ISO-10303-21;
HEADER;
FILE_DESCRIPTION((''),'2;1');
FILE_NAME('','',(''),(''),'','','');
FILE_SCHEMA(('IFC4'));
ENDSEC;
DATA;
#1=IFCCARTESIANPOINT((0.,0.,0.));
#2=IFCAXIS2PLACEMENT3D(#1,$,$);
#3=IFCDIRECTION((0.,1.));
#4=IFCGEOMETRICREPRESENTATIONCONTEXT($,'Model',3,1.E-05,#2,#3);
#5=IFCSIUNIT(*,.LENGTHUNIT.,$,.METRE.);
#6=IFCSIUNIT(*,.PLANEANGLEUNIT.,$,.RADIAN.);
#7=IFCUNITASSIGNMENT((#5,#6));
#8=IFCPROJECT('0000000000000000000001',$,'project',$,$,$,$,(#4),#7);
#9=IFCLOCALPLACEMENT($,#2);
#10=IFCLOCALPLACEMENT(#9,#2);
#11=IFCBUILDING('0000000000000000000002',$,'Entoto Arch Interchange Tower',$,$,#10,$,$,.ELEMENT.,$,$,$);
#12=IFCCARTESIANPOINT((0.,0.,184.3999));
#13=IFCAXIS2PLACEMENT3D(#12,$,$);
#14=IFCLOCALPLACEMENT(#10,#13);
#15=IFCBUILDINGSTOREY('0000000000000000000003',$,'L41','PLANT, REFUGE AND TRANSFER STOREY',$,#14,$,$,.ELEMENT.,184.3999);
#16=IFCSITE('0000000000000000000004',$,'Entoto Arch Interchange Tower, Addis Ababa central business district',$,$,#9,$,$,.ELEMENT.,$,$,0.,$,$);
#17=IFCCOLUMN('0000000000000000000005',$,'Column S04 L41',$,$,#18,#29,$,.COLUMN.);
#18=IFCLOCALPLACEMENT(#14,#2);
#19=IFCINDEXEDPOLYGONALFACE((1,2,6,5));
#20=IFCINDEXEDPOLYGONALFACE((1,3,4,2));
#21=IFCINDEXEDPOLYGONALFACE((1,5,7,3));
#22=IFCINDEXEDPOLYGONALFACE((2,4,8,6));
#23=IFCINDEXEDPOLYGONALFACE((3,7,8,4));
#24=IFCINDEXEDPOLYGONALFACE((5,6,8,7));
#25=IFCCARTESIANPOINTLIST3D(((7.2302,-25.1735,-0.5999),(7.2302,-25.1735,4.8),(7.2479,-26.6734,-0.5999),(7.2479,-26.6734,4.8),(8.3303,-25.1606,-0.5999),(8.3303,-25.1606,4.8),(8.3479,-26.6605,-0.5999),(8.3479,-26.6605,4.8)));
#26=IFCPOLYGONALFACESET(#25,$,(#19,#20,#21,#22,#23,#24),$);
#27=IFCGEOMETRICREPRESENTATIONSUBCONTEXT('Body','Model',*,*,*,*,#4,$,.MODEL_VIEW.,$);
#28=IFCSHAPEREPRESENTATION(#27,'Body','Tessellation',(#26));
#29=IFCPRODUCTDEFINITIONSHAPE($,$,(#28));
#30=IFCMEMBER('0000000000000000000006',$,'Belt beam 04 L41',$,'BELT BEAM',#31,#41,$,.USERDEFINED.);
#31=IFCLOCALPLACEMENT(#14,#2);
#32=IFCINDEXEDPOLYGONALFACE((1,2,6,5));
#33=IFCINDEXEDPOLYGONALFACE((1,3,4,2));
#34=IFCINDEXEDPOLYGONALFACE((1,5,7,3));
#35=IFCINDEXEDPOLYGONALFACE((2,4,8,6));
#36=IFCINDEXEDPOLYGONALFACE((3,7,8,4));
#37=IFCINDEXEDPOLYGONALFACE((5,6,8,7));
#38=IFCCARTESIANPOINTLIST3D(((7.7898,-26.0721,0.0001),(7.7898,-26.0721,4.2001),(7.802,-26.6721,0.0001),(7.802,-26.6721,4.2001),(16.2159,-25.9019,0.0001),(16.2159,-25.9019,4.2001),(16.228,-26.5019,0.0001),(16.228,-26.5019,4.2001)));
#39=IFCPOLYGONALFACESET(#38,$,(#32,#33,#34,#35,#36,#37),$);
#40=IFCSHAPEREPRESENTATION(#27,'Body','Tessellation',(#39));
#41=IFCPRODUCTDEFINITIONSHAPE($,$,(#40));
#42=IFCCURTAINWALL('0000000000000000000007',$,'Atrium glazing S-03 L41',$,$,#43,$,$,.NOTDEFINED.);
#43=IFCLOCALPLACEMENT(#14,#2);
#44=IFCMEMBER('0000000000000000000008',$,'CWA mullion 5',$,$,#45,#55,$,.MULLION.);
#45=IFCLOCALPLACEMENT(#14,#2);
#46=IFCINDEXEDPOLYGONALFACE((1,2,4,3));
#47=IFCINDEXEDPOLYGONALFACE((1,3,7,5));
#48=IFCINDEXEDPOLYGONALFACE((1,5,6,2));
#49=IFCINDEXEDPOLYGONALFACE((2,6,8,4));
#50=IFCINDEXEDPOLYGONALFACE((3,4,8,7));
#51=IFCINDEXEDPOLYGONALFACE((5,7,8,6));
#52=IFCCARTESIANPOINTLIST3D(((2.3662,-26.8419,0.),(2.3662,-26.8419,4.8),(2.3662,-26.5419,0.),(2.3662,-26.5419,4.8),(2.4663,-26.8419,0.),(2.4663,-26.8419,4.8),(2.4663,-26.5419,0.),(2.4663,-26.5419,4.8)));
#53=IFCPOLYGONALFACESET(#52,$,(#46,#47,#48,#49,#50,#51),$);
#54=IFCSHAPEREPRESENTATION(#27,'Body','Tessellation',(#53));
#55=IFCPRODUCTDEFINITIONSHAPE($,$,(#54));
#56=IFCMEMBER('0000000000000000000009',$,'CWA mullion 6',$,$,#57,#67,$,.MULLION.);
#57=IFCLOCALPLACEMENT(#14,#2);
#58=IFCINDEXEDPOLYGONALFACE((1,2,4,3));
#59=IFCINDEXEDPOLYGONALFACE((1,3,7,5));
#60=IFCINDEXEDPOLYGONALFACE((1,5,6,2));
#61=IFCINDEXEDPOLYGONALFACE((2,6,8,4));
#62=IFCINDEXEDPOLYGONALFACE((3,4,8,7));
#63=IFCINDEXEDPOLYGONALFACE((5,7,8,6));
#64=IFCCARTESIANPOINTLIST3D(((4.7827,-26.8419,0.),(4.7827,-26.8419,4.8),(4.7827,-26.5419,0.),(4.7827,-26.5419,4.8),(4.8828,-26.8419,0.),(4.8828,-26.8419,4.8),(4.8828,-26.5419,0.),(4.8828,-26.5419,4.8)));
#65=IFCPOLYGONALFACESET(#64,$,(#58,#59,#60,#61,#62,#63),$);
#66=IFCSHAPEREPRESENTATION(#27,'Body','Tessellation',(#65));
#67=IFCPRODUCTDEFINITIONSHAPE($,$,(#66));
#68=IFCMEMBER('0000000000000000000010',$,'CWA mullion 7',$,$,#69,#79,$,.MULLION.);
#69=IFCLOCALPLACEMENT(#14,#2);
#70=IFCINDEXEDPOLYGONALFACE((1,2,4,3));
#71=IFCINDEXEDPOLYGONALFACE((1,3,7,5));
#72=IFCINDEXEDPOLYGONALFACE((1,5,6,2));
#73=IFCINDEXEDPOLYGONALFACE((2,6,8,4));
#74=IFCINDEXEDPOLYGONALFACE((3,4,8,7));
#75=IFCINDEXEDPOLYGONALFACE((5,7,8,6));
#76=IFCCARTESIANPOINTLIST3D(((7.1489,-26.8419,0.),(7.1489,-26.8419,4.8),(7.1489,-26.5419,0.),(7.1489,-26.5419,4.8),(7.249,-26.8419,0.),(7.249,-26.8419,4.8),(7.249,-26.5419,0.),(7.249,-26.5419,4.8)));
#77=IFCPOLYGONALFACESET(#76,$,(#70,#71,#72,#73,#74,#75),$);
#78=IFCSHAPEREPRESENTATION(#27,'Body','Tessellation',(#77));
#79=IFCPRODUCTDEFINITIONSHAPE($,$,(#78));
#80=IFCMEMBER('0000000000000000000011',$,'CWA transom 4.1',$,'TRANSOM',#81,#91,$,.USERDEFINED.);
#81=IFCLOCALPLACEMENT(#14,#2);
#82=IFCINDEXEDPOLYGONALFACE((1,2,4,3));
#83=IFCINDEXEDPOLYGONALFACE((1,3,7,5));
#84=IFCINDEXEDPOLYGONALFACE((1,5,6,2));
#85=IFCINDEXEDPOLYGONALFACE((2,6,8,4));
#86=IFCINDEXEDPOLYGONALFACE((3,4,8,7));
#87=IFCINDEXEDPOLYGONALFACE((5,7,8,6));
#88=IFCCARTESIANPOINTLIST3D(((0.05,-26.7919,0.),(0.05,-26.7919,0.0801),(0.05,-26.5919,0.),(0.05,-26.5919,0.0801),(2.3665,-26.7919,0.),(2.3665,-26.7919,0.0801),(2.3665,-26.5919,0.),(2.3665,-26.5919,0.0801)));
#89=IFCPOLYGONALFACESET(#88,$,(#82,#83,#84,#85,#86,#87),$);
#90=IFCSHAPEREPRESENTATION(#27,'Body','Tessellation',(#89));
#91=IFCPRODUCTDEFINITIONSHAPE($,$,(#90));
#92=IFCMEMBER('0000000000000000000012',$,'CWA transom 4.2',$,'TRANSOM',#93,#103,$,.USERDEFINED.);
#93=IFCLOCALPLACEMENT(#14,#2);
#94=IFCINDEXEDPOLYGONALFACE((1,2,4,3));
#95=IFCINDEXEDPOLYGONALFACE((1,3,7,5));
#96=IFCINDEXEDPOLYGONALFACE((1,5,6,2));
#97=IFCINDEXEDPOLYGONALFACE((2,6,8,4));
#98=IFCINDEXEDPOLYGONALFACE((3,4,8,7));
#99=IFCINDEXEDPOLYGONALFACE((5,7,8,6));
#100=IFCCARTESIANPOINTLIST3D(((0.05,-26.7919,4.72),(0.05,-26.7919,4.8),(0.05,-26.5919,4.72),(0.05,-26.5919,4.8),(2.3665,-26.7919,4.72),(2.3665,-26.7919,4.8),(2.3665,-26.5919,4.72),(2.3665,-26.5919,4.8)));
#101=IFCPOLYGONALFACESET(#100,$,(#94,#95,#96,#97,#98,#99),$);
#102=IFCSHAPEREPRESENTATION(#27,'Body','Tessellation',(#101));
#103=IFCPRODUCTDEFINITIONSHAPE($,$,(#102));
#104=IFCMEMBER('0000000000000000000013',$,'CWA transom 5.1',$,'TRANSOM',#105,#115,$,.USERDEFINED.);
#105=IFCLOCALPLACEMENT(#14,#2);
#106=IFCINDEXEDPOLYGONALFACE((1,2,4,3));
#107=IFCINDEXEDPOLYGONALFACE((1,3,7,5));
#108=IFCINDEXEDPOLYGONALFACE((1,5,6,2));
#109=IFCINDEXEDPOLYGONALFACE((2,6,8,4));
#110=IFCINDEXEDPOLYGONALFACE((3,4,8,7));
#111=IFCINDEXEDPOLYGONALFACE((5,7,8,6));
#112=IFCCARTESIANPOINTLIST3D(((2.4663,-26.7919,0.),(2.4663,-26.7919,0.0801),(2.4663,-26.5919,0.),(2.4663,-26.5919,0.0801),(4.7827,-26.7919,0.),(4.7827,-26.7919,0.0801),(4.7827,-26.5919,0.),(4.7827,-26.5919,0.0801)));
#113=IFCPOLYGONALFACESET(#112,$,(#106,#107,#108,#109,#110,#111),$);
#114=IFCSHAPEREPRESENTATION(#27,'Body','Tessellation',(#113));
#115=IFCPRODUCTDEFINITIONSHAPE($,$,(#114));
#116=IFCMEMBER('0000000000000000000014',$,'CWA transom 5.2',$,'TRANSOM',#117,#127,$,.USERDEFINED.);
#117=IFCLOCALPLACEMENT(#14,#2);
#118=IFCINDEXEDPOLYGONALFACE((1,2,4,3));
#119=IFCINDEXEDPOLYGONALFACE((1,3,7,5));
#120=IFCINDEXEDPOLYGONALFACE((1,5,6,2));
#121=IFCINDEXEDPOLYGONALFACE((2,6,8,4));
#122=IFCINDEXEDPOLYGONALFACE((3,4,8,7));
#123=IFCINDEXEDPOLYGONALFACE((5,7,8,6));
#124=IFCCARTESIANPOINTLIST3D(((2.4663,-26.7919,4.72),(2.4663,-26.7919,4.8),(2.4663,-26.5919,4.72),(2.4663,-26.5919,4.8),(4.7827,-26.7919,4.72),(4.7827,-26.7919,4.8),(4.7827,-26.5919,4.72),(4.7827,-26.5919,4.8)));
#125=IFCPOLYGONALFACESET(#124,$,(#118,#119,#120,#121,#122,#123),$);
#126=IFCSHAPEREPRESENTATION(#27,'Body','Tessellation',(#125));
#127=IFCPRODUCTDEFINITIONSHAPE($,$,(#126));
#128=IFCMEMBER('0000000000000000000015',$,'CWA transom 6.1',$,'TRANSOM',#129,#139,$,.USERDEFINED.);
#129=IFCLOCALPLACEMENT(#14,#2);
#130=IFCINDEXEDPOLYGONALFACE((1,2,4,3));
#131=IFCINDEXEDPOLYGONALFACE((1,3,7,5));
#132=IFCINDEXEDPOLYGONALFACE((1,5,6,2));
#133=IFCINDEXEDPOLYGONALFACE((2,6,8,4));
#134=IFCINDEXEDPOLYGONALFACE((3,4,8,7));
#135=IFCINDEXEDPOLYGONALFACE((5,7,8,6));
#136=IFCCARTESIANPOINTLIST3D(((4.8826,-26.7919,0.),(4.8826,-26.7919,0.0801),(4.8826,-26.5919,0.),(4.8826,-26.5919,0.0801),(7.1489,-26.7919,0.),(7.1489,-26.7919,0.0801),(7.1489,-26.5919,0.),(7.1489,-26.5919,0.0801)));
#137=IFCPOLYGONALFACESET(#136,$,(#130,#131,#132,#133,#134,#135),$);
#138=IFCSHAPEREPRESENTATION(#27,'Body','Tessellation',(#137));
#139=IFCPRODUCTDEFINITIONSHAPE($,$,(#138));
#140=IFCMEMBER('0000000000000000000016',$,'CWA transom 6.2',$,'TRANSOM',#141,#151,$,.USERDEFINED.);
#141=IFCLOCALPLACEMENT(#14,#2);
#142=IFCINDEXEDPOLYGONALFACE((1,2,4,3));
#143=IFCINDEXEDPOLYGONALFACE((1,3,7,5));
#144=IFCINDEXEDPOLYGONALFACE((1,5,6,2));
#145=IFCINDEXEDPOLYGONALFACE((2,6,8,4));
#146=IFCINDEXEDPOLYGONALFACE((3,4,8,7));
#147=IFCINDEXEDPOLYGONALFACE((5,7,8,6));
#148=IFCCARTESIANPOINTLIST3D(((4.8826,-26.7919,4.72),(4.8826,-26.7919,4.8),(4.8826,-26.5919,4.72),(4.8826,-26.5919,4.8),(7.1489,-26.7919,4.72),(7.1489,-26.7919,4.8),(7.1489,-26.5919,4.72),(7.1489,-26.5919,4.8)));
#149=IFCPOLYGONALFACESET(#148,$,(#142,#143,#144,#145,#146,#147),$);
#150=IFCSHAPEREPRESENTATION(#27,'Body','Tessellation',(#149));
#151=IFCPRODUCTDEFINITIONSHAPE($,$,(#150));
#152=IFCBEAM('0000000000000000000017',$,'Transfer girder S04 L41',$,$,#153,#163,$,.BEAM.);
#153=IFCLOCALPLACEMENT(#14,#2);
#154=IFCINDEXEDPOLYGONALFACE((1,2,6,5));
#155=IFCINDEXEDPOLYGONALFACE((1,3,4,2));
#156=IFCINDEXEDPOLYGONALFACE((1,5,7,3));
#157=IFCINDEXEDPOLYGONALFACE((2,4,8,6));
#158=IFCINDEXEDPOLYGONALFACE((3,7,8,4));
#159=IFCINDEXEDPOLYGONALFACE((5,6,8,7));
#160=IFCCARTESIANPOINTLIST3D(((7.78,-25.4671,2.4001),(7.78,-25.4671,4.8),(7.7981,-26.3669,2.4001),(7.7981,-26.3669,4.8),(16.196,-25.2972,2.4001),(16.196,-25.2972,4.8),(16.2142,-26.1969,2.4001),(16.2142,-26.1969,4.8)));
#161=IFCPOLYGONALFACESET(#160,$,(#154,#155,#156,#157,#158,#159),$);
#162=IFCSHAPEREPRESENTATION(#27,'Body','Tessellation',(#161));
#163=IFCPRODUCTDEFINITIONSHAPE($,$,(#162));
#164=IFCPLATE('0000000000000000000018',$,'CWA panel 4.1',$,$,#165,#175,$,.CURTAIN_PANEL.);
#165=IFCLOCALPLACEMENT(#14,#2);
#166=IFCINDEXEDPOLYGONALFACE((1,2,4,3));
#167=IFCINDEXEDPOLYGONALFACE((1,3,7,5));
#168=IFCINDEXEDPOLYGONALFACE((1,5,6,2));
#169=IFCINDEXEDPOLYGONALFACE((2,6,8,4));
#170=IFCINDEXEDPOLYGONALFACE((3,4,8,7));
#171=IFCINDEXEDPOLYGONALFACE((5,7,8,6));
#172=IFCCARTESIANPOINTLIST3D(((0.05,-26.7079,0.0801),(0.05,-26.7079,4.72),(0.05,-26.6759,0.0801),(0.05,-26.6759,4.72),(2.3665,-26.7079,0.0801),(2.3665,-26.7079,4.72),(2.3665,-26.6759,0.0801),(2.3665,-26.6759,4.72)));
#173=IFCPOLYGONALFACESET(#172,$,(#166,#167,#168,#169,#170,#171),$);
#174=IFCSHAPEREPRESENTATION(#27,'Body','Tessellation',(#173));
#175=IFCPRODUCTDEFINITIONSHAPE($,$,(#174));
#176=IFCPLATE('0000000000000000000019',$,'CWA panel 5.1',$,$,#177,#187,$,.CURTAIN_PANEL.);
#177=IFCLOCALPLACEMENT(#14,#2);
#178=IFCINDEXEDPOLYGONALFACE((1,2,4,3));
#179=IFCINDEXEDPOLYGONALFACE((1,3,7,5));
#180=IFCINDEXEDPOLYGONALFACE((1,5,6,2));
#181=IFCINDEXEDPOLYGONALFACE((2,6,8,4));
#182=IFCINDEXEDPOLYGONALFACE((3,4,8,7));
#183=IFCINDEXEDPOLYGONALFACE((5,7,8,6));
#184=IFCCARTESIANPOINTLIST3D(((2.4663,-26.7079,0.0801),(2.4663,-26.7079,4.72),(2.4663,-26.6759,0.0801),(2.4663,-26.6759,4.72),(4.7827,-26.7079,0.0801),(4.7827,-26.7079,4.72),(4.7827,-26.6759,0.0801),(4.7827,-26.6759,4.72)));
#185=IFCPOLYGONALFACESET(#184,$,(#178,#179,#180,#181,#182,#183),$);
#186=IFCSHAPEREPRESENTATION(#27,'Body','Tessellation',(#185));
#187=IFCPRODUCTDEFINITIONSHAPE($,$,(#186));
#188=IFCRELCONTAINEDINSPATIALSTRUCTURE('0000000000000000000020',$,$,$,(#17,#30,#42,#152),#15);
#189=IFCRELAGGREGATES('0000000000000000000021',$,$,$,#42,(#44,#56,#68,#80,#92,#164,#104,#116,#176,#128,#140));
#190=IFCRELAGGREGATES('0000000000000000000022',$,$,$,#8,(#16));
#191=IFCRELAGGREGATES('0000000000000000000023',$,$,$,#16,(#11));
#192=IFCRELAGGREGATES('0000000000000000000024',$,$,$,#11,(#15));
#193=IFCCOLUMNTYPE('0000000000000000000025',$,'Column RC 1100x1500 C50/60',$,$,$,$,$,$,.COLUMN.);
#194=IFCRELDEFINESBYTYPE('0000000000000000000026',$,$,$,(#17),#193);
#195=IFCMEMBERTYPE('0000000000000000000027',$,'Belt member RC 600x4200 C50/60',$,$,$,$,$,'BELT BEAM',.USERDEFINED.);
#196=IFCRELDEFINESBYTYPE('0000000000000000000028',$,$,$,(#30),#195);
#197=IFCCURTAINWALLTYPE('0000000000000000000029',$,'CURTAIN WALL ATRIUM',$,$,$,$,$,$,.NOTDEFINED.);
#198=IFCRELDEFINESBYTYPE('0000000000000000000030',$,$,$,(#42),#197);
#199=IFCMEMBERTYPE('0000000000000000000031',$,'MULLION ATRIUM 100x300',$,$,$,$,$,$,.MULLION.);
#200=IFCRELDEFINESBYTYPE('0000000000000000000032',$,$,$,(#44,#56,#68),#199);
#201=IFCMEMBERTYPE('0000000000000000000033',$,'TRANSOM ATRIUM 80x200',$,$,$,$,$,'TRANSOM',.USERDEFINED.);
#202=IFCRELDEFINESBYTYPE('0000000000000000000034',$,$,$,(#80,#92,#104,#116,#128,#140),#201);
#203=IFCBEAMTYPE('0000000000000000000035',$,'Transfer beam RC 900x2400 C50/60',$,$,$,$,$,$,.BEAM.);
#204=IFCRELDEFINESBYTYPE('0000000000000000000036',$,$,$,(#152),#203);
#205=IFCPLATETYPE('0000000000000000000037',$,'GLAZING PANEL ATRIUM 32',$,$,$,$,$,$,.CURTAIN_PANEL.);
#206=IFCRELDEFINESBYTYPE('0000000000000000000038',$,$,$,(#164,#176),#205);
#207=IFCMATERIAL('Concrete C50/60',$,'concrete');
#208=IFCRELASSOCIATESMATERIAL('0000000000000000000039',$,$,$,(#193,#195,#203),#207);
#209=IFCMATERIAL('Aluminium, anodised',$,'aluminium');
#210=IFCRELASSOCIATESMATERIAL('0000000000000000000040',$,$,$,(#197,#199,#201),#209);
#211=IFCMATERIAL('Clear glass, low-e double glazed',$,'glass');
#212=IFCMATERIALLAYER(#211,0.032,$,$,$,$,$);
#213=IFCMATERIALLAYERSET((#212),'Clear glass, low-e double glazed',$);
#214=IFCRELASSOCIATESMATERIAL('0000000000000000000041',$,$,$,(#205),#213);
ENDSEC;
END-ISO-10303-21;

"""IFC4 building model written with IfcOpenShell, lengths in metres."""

from ifc_helpers import new_model, si_unit, direction, frame, origin, origin_2d, place, context, subcontext, project, spatial, rectangle, extrude, material, layer, layer_set, material_profile, profile_set, type_object, element, aggregate, save


model = new_model("IFC4")

# Units and contexts
model_context = context("Model", 3, precision=1e-05, world=origin(), true_north=direction((0.0, 1.0)))
body_context = subcontext(model_context, "Body", "Model", "MODEL_VIEW")
ifc_project = project(units=[si_unit("LENGTHUNIT", "METRE"), si_unit("PLANEANGLEUNIT", "RADIAN")], contexts=[model_context])

# Site, building, storey
site_placement = place(None, origin())
site = spatial("IfcSite", under=ifc_project, at=site_placement, Name="Entoto Arch Interchange Tower, Addis Ababa central business district", CompositionType="ELEMENT", RefElevation=0.0)
building_placement = place(site_placement, origin())
building = spatial("IfcBuilding", under=site, at=building_placement, Name="Entoto Arch Interchange Tower", CompositionType="ELEMENT")
storey_placement = place(building_placement, frame((0.0, 0.0, 184.3999)))
storey = spatial("IfcBuildingStorey", under=building, at=storey_placement, Name="L41", Description="PLANT, REFUGE AND TRANSFER STOREY", CompositionType="ELEMENT", Elevation=184.3999)

# Column
ifc_material_1 = material(Name="Concrete C50/60", Category="concrete")
ifc_material_profile_1 = material_profile(ifc_material_1, rectangle(XDim=1.1001, YDim=1.5, at=origin_2d()))
ifc_profile_set_1 = profile_set([ifc_material_profile_1], Name="Concrete C50/60")
column_type = type_object("IfcColumnType", Name="Column RC 1100x1500 C50/60", PredefinedType="COLUMN", material=ifc_profile_set_1)
column_placement = place(storey_placement, frame((7.7891, -25.917, -0.5999), z_axis=(0.0, 0.0, 1.0), x_axis=(0.999931, 0.011746, 0.0)))
element("IfcColumn", 1, at=column_placement, inside=storey, type_object=column_type, Name="Column S04 L41", PredefinedType="COLUMN", context=body_context, shape_type="SweptSolid", body=[
    extrude(rectangle(XDim=1.1001, YDim=1.5, at=origin_2d()), origin(), (0.0, 0.0, 1.0), 5.3999),
])

# Member
ifc_material_profile_2 = material_profile(ifc_material_1, rectangle(XDim=0.6001, YDim=4.2, at=origin_2d()))
ifc_profile_set_2 = profile_set([ifc_material_profile_2], Name="Concrete C50/60")
member_type_1 = type_object("IfcMemberType", Name="Belt member RC 600x4200 C50/60", ElementType="BELT BEAM", PredefinedType="USERDEFINED", material=ifc_profile_set_2)
member_1_placement = place(storey_placement, frame((7.7959, -26.3721, 2.1001), z_axis=(0.999796, 0.020191, 0.0), x_axis=(-0.020191, 0.999796, 0.0)))
element("IfcMember", 2, at=member_1_placement, inside=storey, type_object=member_type_1, Name="Belt beam 04 L41", ObjectType="BELT BEAM", PredefinedType="USERDEFINED", context=body_context, shape_type="SweptSolid", body=[
    extrude(rectangle(XDim=0.6001, YDim=4.2, at=origin_2d()), origin(), (0.0, 0.0, 1.0), 8.4277),
])

# Curtain wall, members
ifc_material_2 = material(Name="Aluminium, anodised", Category="aluminium")
curtain_wall_type = type_object("IfcCurtainWallType", Name="CURTAIN WALL ATRIUM", PredefinedType="NOTDEFINED", material=ifc_material_2)
curtain_wall_placement = place(storey_placement, origin())
curtain_wall = element("IfcCurtainWall", 3, at=curtain_wall_placement, inside=storey, type_object=curtain_wall_type, Name="Atrium glazing S-03 L41", PredefinedType="NOTDEFINED")
ifc_material_profile_3 = material_profile(ifc_material_2, rectangle(XDim=0.3, YDim=0.1001, at=origin_2d()))
ifc_profile_set_3 = profile_set([ifc_material_profile_3], Name="Aluminium, anodised")
member_type_2 = type_object("IfcMemberType", Name="MULLION ATRIUM 100x300", PredefinedType="MULLION", material=ifc_profile_set_3)
member_2_placement = place(storey_placement, frame((2.4163, -26.6919, 0.0), z_axis=(0.0, 0.0, 1.0), x_axis=(0.0, 1.0, 0.0)))
member_2 = element("IfcMember", 4, at=member_2_placement, type_object=member_type_2, Name="CWA mullion 5", PredefinedType="MULLION", context=body_context, shape_type="SweptSolid", body=[
    extrude(rectangle(XDim=0.3, YDim=0.1001, at=origin_2d()), origin(), (0.0, 0.0, 1.0), 4.8),
])
member_3_placement = place(storey_placement, frame((4.8328, -26.6919, 0.0), z_axis=(0.0, 0.0, 1.0), x_axis=(0.0, 1.0, 0.0)))
member_3 = element("IfcMember", 5, at=member_3_placement, type_object=member_type_2, Name="CWA mullion 6", PredefinedType="MULLION", context=body_context, shape_type="SweptSolid", body=[
    extrude(rectangle(XDim=0.3, YDim=0.1001, at=origin_2d()), origin(), (0.0, 0.0, 1.0), 4.8),
])
member_4_placement = place(storey_placement, frame((7.199, -26.6919, 0.0), z_axis=(0.0, 0.0, 1.0), x_axis=(0.0, 1.0, 0.0)))
member_4 = element("IfcMember", 6, at=member_4_placement, type_object=member_type_2, Name="CWA mullion 7", PredefinedType="MULLION", context=body_context, shape_type="SweptSolid", body=[
    extrude(rectangle(XDim=0.3, YDim=0.1001, at=origin_2d()), origin(), (0.0, 0.0, 1.0), 4.8),
])
ifc_material_profile_4 = material_profile(ifc_material_2, rectangle(XDim=0.2, YDim=0.0801, at=origin_2d()))
ifc_profile_set_4 = profile_set([ifc_material_profile_4], Name="Aluminium, anodised")
member_type_3 = type_object("IfcMemberType", Name="TRANSOM ATRIUM 80x200", ElementType="TRANSOM", PredefinedType="USERDEFINED", material=ifc_profile_set_4)
member_5_placement = place(storey_placement, frame((0.05, -26.6919, 0.04), z_axis=(1.0, 0.0, 0.0), x_axis=(0.0, 1.0, 0.0)))
member_5 = element("IfcMember", 7, at=member_5_placement, type_object=member_type_3, Name="CWA transom 4.1", ObjectType="TRANSOM", PredefinedType="USERDEFINED", context=body_context, shape_type="SweptSolid", body=[
    extrude(rectangle(XDim=0.2, YDim=0.0801, at=origin_2d()), origin(), (0.0, 0.0, 1.0), 2.3164),
])
member_6_placement = place(storey_placement, frame((0.05, -26.6919, 4.76), z_axis=(1.0, 0.0, 0.0), x_axis=(0.0, 1.0, 0.0)))
member_6 = element("IfcMember", 8, at=member_6_placement, type_object=member_type_3, Name="CWA transom 4.2", ObjectType="TRANSOM", PredefinedType="USERDEFINED", context=body_context, shape_type="SweptSolid", body=[
    extrude(rectangle(XDim=0.2, YDim=0.0801, at=origin_2d()), origin(), (0.0, 0.0, 1.0), 2.3164),
])
member_7_placement = place(storey_placement, frame((2.4663, -26.6919, 0.04), z_axis=(1.0, 0.0, 0.0), x_axis=(0.0, 1.0, 0.0)))
member_7 = element("IfcMember", 9, at=member_7_placement, type_object=member_type_3, Name="CWA transom 5.1", ObjectType="TRANSOM", PredefinedType="USERDEFINED", context=body_context, shape_type="SweptSolid", body=[
    extrude(rectangle(XDim=0.2, YDim=0.0801, at=origin_2d()), origin(), (0.0, 0.0, 1.0), 2.3164),
])
member_8_placement = place(storey_placement, frame((2.4663, -26.6919, 4.76), z_axis=(1.0, 0.0, 0.0), x_axis=(0.0, 1.0, 0.0)))
member_8 = element("IfcMember", 10, at=member_8_placement, type_object=member_type_3, Name="CWA transom 5.2", ObjectType="TRANSOM", PredefinedType="USERDEFINED", context=body_context, shape_type="SweptSolid", body=[
    extrude(rectangle(XDim=0.2, YDim=0.0801, at=origin_2d()), origin(), (0.0, 0.0, 1.0), 2.3164),
])
member_9_placement = place(storey_placement, frame((4.8826, -26.6919, 0.04), z_axis=(1.0, 0.0, 0.0), x_axis=(0.0, 1.0, 0.0)))
member_9 = element("IfcMember", 11, at=member_9_placement, type_object=member_type_3, Name="CWA transom 6.1", ObjectType="TRANSOM", PredefinedType="USERDEFINED", context=body_context, shape_type="SweptSolid", body=[
    extrude(rectangle(XDim=0.2, YDim=0.0801, at=origin_2d()), origin(), (0.0, 0.0, 1.0), 2.2664),
])
member_10_placement = place(storey_placement, frame((4.8826, -26.6919, 4.76), z_axis=(1.0, 0.0, 0.0), x_axis=(0.0, 1.0, 0.0)))
member_10 = element("IfcMember", 12, at=member_10_placement, type_object=member_type_3, Name="CWA transom 6.2", ObjectType="TRANSOM", PredefinedType="USERDEFINED", context=body_context, shape_type="SweptSolid", body=[
    extrude(rectangle(XDim=0.2, YDim=0.0801, at=origin_2d()), origin(), (0.0, 0.0, 1.0), 2.2664),
])

# Beam
ifc_material_profile_5 = material_profile(ifc_material_1, rectangle(XDim=0.8999, YDim=2.3999, at=origin_2d()))
ifc_profile_set_5 = profile_set([ifc_material_profile_5], Name="Concrete C50/60")
beam_type = type_object("IfcBeamType", Name="Transfer beam RC 900x2400 C50/60", PredefinedType="BEAM", material=ifc_profile_set_5)
beam_placement = place(storey_placement, frame((7.7891, -25.917, 3.6001), z_axis=(0.999796, 0.020186, 0.0), x_axis=(-0.020186, 0.999796, 0.0)))
element("IfcBeam", 13, at=beam_placement, inside=storey, type_object=beam_type, Name="Transfer girder S04 L41", PredefinedType="BEAM", context=body_context, shape_type="SweptSolid", body=[
    extrude(rectangle(XDim=0.8999, YDim=2.3999, at=origin_2d()), origin(), (0.0, 0.0, 1.0), 8.4177),
])

# Plates
ifc_material_3 = material(Name="Clear glass, low-e double glazed", Category="glass")
ifc_layer_1 = layer(ifc_material_3, 0.032)
ifc_layer_set_1 = layer_set([ifc_layer_1], Name="Clear glass, low-e double glazed")
plate_type = type_object("IfcPlateType", Name="GLAZING PANEL ATRIUM 32", PredefinedType="CURTAIN_PANEL", material=ifc_layer_set_1)
plate_1_placement = place(storey_placement, frame((1.2083, -26.6919, 0.0801), z_axis=(0.0, 0.0, 1.0), x_axis=(1.0, 0.0, 0.0)))
plate_1 = element("IfcPlate", 14, at=plate_1_placement, type_object=plate_type, Name="CWA panel 4.1", PredefinedType="CURTAIN_PANEL", context=body_context, shape_type="SweptSolid", body=[
    extrude(rectangle(XDim=2.3164, YDim=0.032, at=origin_2d()), origin(), (0.0, 0.0, 1.0), 4.6399),
])
plate_2_placement = place(storey_placement, frame((3.6245, -26.6919, 0.0801), z_axis=(0.0, 0.0, 1.0), x_axis=(1.0, 0.0, 0.0)))
plate_2 = element("IfcPlate", 15, at=plate_2_placement, type_object=plate_type, Name="CWA panel 5.1", PredefinedType="CURTAIN_PANEL", context=body_context, shape_type="SweptSolid", body=[
    extrude(rectangle(XDim=2.3164, YDim=0.032, at=origin_2d()), origin(), (0.0, 0.0, 1.0), 4.6399),
])
aggregate(curtain_wall, [member_2, member_3, member_4, member_5, member_6, plate_1, member_7, member_8, plate_2, member_9, member_10])

save(model, "model.ifc")
